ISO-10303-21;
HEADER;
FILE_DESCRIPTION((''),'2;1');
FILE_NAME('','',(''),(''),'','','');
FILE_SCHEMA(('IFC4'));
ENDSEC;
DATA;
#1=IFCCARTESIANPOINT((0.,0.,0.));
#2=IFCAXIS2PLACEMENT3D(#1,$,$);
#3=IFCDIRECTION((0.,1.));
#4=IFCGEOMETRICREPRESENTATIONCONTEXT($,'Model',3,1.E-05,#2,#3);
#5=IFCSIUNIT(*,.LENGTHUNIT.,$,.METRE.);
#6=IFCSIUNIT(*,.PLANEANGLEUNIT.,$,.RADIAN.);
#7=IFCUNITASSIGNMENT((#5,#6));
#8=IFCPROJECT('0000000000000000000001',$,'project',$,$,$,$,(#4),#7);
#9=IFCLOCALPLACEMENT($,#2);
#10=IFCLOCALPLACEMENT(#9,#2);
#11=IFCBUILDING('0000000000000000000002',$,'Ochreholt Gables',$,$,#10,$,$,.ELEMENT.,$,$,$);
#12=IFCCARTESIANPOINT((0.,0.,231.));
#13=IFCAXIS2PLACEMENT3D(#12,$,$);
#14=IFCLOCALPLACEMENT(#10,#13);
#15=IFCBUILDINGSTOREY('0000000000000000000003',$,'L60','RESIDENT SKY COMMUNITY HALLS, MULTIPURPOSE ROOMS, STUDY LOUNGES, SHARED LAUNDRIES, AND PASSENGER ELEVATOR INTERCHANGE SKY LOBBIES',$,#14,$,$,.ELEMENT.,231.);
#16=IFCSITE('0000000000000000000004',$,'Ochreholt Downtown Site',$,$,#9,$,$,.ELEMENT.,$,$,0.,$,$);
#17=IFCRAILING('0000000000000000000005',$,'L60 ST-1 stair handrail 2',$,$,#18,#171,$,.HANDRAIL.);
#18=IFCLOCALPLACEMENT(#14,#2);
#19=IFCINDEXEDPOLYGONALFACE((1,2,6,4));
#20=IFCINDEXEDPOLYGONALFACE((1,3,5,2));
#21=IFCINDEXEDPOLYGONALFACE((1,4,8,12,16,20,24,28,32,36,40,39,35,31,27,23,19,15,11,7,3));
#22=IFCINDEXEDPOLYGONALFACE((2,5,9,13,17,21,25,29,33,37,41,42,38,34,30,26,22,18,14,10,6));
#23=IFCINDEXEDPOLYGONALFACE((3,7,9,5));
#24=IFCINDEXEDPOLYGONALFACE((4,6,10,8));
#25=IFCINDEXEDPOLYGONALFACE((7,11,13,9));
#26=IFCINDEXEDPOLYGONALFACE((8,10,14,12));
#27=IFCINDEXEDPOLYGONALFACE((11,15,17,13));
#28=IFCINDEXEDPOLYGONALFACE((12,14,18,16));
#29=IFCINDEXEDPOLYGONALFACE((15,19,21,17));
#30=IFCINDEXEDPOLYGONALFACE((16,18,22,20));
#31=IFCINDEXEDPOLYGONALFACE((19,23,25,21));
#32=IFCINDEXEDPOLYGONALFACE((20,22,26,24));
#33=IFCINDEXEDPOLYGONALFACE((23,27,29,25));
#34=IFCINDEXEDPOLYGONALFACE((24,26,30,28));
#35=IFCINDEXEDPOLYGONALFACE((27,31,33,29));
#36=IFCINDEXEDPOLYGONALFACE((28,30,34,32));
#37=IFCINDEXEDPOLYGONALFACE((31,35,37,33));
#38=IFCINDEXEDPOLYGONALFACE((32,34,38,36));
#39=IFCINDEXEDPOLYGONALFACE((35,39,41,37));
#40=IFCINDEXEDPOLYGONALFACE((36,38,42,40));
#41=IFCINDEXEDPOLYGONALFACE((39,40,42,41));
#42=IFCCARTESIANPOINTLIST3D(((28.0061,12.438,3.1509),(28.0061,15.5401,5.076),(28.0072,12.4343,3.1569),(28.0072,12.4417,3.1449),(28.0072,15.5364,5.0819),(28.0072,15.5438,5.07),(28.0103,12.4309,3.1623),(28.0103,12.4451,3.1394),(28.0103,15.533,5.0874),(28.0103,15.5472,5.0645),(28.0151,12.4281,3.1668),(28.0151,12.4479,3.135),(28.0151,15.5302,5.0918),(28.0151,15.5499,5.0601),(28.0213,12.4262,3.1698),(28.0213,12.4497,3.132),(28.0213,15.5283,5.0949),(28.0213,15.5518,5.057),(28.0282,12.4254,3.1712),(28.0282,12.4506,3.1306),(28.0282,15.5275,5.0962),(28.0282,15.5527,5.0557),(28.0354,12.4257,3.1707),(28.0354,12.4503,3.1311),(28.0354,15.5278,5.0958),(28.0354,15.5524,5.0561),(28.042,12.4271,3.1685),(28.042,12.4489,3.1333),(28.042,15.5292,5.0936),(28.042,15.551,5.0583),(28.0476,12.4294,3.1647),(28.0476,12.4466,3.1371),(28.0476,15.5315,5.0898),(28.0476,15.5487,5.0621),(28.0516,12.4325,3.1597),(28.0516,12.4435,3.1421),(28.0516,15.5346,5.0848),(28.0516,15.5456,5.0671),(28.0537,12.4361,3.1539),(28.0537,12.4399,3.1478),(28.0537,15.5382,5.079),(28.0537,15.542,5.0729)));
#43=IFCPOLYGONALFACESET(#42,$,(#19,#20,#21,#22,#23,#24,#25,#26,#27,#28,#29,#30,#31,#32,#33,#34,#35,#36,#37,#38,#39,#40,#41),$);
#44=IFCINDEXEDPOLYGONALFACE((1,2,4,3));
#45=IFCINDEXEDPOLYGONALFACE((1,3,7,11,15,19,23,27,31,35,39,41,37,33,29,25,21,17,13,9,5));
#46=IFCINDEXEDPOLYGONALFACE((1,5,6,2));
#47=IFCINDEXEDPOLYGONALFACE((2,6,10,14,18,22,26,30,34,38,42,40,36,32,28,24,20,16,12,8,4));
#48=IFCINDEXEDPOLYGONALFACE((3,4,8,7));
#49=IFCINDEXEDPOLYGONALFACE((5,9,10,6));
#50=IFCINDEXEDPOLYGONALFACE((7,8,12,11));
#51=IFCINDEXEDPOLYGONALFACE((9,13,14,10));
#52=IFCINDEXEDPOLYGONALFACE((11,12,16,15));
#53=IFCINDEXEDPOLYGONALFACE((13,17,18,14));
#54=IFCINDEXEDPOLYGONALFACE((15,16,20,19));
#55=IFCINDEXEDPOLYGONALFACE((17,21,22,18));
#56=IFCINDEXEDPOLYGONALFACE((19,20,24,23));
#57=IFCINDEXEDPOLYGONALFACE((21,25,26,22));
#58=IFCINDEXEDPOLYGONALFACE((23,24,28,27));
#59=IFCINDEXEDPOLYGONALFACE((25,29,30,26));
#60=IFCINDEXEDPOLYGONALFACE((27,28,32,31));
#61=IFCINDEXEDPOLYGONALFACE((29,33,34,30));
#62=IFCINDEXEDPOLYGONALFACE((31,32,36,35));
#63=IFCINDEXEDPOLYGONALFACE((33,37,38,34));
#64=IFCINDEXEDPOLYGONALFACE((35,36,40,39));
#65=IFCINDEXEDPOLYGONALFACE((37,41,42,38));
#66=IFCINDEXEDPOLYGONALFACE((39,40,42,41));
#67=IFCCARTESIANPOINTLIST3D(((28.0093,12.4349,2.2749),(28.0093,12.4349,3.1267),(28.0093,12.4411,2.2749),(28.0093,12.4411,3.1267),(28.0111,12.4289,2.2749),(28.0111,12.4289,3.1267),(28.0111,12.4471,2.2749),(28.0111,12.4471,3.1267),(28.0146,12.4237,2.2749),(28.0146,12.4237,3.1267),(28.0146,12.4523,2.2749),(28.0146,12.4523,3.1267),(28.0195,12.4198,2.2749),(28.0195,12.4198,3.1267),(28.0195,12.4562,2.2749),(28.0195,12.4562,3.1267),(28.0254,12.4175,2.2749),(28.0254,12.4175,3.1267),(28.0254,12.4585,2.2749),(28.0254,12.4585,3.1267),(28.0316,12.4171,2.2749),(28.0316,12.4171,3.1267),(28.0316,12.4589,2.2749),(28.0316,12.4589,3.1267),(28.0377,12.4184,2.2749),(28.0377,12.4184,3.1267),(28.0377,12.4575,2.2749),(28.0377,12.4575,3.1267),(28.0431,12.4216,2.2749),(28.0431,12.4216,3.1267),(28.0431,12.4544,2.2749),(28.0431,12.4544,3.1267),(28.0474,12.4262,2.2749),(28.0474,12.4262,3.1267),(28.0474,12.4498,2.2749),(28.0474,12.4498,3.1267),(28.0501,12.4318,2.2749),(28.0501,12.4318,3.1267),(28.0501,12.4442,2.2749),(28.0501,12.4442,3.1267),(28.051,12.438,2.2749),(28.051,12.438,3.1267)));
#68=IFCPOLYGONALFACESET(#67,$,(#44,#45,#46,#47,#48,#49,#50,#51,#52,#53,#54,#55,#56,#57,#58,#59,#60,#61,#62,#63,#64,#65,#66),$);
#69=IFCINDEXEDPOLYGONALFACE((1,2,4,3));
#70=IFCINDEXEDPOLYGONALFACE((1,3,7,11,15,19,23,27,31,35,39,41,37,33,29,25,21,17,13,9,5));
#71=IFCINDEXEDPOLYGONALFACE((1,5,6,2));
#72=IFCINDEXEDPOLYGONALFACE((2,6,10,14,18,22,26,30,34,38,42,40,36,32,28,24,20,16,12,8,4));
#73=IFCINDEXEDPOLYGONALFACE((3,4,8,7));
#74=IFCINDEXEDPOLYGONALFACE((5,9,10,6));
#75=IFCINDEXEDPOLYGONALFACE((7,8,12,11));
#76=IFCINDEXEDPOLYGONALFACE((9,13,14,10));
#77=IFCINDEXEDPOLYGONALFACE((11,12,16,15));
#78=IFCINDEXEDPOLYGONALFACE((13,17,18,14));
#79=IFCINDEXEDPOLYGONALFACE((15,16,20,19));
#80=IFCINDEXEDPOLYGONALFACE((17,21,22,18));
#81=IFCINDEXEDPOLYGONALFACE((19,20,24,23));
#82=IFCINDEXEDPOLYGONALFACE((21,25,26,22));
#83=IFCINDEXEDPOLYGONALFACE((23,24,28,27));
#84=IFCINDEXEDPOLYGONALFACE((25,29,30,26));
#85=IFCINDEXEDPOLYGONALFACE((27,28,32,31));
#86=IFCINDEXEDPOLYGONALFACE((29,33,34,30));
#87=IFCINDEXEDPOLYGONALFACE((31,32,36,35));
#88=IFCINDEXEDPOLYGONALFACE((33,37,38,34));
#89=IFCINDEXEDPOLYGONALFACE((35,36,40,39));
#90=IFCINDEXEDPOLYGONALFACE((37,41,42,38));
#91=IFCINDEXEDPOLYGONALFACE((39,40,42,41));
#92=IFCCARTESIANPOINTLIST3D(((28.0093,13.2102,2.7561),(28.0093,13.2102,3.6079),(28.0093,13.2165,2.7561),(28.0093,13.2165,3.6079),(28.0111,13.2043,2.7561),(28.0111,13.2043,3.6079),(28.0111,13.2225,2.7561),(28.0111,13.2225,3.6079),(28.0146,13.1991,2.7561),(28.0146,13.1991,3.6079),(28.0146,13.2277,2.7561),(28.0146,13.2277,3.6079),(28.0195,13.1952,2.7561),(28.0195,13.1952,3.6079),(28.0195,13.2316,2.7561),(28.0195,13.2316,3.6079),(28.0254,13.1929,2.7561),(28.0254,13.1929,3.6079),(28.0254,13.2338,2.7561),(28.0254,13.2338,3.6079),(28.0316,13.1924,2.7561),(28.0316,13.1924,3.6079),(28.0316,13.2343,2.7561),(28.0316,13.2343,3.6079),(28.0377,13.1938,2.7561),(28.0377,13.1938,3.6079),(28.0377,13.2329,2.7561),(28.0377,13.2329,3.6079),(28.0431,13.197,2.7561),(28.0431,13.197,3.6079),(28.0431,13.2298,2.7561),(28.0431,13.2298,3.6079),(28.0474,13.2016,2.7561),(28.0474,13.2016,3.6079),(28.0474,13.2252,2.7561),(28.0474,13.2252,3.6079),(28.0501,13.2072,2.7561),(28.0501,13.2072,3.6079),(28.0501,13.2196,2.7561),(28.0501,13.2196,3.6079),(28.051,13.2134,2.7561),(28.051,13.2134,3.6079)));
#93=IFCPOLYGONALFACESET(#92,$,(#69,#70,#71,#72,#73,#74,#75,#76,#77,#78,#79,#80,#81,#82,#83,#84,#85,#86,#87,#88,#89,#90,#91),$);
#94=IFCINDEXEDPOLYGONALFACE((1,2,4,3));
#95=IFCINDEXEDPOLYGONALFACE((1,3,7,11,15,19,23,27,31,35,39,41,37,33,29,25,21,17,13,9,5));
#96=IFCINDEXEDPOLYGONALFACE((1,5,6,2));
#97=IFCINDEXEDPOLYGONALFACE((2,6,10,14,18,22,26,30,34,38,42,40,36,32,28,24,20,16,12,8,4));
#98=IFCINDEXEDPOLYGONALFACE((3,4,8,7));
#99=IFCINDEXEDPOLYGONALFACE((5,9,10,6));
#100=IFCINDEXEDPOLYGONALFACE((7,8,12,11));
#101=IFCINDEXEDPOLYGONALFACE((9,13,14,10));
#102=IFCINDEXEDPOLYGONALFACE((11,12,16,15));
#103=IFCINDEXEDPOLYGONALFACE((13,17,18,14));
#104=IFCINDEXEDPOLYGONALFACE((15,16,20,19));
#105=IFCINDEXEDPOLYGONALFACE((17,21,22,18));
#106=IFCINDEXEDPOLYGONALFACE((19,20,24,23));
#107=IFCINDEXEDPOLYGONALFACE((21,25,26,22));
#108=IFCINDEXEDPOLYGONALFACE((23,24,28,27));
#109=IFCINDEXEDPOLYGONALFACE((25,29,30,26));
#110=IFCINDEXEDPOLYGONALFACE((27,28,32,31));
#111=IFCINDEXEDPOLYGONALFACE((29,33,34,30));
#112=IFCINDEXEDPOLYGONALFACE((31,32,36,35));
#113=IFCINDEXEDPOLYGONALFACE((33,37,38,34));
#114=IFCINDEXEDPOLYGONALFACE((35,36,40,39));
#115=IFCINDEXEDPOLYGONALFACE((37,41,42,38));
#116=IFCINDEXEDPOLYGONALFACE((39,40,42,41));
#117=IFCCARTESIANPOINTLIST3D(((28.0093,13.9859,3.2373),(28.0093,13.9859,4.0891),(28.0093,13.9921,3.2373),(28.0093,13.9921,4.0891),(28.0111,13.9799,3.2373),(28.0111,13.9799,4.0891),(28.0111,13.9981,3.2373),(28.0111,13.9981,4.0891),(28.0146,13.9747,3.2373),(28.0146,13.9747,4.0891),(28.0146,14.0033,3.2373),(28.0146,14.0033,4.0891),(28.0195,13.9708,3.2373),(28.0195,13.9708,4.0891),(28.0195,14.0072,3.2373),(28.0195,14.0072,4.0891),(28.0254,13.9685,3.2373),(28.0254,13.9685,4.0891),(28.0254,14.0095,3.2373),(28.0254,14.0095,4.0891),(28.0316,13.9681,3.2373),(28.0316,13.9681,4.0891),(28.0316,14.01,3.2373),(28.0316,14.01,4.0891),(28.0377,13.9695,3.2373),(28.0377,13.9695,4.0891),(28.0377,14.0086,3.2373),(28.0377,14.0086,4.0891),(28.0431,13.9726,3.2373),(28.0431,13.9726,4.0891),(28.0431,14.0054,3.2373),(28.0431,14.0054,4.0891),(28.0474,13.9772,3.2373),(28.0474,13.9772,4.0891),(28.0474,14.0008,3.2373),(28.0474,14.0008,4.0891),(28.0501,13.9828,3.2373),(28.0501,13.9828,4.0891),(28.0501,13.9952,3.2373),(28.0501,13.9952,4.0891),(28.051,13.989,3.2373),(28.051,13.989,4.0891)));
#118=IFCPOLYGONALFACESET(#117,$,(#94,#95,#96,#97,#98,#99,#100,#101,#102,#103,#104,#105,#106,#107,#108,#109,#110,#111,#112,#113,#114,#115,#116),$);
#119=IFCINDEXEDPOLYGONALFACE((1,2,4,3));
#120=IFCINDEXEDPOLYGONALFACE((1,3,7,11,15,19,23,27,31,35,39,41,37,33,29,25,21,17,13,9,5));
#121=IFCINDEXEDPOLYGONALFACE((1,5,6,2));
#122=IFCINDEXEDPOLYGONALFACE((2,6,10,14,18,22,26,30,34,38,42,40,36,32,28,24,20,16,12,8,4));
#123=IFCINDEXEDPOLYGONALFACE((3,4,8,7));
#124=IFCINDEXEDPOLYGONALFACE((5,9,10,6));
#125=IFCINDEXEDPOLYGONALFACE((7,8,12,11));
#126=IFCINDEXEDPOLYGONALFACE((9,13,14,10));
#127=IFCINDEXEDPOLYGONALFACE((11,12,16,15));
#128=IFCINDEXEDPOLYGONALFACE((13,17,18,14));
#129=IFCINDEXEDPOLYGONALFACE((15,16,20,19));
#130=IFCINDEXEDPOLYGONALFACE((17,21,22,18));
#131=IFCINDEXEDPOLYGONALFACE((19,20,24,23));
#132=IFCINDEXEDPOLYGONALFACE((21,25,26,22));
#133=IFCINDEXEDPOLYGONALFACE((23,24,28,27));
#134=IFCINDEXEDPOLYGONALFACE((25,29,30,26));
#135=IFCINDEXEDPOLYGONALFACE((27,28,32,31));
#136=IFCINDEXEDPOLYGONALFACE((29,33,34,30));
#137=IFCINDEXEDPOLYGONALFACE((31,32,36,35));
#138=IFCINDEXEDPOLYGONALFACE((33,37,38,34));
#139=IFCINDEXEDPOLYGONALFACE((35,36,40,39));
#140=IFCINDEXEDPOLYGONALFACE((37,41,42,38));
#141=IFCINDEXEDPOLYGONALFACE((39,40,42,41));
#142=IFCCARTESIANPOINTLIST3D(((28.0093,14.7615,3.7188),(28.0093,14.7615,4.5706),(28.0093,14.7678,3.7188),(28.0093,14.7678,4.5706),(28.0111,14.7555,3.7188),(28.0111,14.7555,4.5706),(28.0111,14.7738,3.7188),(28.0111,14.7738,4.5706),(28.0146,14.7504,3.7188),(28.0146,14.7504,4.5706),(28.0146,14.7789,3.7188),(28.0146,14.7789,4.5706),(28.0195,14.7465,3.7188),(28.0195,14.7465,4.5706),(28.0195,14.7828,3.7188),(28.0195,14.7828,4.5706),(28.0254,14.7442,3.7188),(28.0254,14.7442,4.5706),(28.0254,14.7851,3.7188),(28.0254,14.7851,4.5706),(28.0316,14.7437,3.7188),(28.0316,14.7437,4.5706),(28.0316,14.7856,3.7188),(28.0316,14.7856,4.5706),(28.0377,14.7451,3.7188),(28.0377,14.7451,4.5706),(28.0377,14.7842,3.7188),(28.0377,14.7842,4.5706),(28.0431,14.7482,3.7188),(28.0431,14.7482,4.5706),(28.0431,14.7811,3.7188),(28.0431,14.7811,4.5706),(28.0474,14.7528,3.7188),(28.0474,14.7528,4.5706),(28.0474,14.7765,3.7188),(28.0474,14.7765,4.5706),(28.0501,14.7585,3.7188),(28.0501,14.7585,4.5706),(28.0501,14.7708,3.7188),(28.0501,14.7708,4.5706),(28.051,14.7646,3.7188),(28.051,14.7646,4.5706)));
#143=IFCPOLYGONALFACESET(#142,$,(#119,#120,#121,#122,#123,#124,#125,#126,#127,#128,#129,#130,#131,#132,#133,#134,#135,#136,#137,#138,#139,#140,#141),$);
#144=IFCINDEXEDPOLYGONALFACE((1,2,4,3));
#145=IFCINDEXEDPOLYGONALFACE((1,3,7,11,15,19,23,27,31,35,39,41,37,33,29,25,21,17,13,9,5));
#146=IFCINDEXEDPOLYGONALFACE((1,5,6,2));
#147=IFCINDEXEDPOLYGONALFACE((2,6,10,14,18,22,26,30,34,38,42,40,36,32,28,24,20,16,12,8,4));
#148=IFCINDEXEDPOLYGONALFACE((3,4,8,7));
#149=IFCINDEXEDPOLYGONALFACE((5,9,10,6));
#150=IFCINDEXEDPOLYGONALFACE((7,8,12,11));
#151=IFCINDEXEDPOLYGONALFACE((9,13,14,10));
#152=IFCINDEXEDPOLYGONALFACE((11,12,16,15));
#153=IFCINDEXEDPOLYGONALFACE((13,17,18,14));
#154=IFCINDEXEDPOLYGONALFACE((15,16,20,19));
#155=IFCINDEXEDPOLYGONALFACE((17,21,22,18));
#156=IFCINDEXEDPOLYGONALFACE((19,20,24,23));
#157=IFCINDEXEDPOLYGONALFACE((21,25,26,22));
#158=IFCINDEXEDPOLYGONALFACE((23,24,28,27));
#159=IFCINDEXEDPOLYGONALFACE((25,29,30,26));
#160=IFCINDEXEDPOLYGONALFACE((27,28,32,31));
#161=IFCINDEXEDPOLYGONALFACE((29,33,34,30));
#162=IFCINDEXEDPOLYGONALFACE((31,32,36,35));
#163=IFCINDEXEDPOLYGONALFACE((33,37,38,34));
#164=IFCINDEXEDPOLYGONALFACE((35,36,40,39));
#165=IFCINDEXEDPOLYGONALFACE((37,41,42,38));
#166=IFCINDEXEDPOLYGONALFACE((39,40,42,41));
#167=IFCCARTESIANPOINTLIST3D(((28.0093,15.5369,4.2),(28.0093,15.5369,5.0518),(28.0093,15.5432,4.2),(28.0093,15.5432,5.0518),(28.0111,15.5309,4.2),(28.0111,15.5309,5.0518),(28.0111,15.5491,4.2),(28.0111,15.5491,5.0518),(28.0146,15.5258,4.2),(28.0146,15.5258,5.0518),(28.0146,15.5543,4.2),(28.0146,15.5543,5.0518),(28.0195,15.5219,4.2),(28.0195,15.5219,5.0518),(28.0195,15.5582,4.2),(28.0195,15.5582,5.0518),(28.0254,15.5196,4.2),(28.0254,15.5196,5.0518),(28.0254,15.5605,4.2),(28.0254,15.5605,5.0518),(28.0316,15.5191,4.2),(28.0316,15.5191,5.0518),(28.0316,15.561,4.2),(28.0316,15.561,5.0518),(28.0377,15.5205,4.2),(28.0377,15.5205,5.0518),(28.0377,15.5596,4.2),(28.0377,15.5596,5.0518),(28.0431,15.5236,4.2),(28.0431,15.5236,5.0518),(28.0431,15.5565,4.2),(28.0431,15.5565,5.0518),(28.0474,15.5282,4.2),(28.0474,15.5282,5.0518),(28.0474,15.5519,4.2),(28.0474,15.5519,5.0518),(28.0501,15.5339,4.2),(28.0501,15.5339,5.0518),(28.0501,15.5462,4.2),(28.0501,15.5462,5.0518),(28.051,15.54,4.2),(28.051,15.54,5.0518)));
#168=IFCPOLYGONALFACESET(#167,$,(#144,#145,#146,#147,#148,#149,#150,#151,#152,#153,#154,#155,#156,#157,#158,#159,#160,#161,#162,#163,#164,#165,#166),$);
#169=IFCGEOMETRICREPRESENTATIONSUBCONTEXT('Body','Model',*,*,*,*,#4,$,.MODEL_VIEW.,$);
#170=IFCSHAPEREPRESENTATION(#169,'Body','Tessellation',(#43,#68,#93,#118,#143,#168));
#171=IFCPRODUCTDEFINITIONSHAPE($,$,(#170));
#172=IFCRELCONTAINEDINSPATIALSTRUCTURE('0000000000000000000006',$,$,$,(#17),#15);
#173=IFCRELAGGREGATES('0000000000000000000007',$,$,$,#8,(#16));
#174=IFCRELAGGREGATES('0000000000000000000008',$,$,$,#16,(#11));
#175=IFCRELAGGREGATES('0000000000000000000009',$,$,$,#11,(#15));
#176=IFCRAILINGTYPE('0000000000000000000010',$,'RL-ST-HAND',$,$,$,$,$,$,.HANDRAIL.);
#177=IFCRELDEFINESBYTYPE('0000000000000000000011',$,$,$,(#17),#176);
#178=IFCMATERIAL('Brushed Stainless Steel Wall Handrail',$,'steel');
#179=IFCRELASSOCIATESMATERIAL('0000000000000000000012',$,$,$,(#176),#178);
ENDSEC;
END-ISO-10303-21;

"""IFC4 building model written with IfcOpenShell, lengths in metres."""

from ifc_helpers import new_model, si_unit, direction, frame, origin, origin_2d, place, context, subcontext, project, spatial, circle, extrude, material, type_object, element, save


model = new_model("IFC4")

# Units and contexts
model_context = context("Model", 3, precision=1e-05, world=origin(), true_north=direction((0.0, 1.0)))
body_context = subcontext(model_context, "Body", "Model", "MODEL_VIEW")
ifc_project = project(units=[si_unit("LENGTHUNIT", "METRE"), si_unit("PLANEANGLEUNIT", "RADIAN")], contexts=[model_context])

# Site, building, storey
site_placement = place(None, origin())
site = spatial("IfcSite", under=ifc_project, at=site_placement, Name="Ochreholt Downtown Site", CompositionType="ELEMENT", RefElevation=0.0)
building_placement = place(site_placement, origin())
building = spatial("IfcBuilding", under=site, at=building_placement, Name="Ochreholt Gables", CompositionType="ELEMENT")
storey_placement = place(building_placement, frame((0.0, 0.0, 231.0)))
storey = spatial("IfcBuildingStorey", under=building, at=storey_placement, Name="L60", Description="RESIDENT SKY COMMUNITY HALLS, MULTIPURPOSE ROOMS, STUDY LOUNGES, SHARED LAUNDRIES, AND PASSENGER ELEVATOR INTERCHANGE SKY LOBBIES", CompositionType="ELEMENT", Elevation=231.0)

# Railing
ifc_material_1 = material(Name="Brushed Stainless Steel Wall Handrail", Category="steel")
railing_type_1 = type_object("IfcRailingType", Name="RL-ST-HAND", PredefinedType="HANDRAIL", material=ifc_material_1)
railing_1_placement = place(storey_placement, frame((28.03, 12.438, 2.2749)))
element("IfcRailing", 1, at=railing_1_placement, inside=storey, type_object=railing_type_1, Name="L60 ST-1 stair handrail 2", PredefinedType="HANDRAIL", context=body_context, shape_type="SweptSolid", body=[
    extrude(circle(Radius=0.0239, at=origin_2d()), frame((0.0, 0.0, 0.876), z_axis=(0.0, 0.849685, 0.527291), x_axis=(-1.0, 0.0, 0.0)), (0.0, 0.0, 1.0), 3.6509),
    extrude(circle(Radius=0.021, at=origin_2d()), origin(), (0.0, 0.0, 1.0), 0.8518),
    extrude(circle(Radius=0.021, at=origin_2d()), frame((0.0, 0.7754, 0.4812)), (0.0, 0.0, 1.0), 0.8518),
    extrude(circle(Radius=0.021, at=origin_2d()), frame((0.0, 1.551, 0.9624)), (0.0, 0.0, 1.0), 0.8518),
    extrude(circle(Radius=0.021, at=origin_2d()), frame((0.0, 2.3267, 1.4438)), (0.0, 0.0, 1.0), 0.8518),
    extrude(circle(Radius=0.021, at=origin_2d()), frame((0.0, 3.1021, 1.925)), (0.0, 0.0, 1.0), 0.8518),
])

save(model, "model.ifc")
